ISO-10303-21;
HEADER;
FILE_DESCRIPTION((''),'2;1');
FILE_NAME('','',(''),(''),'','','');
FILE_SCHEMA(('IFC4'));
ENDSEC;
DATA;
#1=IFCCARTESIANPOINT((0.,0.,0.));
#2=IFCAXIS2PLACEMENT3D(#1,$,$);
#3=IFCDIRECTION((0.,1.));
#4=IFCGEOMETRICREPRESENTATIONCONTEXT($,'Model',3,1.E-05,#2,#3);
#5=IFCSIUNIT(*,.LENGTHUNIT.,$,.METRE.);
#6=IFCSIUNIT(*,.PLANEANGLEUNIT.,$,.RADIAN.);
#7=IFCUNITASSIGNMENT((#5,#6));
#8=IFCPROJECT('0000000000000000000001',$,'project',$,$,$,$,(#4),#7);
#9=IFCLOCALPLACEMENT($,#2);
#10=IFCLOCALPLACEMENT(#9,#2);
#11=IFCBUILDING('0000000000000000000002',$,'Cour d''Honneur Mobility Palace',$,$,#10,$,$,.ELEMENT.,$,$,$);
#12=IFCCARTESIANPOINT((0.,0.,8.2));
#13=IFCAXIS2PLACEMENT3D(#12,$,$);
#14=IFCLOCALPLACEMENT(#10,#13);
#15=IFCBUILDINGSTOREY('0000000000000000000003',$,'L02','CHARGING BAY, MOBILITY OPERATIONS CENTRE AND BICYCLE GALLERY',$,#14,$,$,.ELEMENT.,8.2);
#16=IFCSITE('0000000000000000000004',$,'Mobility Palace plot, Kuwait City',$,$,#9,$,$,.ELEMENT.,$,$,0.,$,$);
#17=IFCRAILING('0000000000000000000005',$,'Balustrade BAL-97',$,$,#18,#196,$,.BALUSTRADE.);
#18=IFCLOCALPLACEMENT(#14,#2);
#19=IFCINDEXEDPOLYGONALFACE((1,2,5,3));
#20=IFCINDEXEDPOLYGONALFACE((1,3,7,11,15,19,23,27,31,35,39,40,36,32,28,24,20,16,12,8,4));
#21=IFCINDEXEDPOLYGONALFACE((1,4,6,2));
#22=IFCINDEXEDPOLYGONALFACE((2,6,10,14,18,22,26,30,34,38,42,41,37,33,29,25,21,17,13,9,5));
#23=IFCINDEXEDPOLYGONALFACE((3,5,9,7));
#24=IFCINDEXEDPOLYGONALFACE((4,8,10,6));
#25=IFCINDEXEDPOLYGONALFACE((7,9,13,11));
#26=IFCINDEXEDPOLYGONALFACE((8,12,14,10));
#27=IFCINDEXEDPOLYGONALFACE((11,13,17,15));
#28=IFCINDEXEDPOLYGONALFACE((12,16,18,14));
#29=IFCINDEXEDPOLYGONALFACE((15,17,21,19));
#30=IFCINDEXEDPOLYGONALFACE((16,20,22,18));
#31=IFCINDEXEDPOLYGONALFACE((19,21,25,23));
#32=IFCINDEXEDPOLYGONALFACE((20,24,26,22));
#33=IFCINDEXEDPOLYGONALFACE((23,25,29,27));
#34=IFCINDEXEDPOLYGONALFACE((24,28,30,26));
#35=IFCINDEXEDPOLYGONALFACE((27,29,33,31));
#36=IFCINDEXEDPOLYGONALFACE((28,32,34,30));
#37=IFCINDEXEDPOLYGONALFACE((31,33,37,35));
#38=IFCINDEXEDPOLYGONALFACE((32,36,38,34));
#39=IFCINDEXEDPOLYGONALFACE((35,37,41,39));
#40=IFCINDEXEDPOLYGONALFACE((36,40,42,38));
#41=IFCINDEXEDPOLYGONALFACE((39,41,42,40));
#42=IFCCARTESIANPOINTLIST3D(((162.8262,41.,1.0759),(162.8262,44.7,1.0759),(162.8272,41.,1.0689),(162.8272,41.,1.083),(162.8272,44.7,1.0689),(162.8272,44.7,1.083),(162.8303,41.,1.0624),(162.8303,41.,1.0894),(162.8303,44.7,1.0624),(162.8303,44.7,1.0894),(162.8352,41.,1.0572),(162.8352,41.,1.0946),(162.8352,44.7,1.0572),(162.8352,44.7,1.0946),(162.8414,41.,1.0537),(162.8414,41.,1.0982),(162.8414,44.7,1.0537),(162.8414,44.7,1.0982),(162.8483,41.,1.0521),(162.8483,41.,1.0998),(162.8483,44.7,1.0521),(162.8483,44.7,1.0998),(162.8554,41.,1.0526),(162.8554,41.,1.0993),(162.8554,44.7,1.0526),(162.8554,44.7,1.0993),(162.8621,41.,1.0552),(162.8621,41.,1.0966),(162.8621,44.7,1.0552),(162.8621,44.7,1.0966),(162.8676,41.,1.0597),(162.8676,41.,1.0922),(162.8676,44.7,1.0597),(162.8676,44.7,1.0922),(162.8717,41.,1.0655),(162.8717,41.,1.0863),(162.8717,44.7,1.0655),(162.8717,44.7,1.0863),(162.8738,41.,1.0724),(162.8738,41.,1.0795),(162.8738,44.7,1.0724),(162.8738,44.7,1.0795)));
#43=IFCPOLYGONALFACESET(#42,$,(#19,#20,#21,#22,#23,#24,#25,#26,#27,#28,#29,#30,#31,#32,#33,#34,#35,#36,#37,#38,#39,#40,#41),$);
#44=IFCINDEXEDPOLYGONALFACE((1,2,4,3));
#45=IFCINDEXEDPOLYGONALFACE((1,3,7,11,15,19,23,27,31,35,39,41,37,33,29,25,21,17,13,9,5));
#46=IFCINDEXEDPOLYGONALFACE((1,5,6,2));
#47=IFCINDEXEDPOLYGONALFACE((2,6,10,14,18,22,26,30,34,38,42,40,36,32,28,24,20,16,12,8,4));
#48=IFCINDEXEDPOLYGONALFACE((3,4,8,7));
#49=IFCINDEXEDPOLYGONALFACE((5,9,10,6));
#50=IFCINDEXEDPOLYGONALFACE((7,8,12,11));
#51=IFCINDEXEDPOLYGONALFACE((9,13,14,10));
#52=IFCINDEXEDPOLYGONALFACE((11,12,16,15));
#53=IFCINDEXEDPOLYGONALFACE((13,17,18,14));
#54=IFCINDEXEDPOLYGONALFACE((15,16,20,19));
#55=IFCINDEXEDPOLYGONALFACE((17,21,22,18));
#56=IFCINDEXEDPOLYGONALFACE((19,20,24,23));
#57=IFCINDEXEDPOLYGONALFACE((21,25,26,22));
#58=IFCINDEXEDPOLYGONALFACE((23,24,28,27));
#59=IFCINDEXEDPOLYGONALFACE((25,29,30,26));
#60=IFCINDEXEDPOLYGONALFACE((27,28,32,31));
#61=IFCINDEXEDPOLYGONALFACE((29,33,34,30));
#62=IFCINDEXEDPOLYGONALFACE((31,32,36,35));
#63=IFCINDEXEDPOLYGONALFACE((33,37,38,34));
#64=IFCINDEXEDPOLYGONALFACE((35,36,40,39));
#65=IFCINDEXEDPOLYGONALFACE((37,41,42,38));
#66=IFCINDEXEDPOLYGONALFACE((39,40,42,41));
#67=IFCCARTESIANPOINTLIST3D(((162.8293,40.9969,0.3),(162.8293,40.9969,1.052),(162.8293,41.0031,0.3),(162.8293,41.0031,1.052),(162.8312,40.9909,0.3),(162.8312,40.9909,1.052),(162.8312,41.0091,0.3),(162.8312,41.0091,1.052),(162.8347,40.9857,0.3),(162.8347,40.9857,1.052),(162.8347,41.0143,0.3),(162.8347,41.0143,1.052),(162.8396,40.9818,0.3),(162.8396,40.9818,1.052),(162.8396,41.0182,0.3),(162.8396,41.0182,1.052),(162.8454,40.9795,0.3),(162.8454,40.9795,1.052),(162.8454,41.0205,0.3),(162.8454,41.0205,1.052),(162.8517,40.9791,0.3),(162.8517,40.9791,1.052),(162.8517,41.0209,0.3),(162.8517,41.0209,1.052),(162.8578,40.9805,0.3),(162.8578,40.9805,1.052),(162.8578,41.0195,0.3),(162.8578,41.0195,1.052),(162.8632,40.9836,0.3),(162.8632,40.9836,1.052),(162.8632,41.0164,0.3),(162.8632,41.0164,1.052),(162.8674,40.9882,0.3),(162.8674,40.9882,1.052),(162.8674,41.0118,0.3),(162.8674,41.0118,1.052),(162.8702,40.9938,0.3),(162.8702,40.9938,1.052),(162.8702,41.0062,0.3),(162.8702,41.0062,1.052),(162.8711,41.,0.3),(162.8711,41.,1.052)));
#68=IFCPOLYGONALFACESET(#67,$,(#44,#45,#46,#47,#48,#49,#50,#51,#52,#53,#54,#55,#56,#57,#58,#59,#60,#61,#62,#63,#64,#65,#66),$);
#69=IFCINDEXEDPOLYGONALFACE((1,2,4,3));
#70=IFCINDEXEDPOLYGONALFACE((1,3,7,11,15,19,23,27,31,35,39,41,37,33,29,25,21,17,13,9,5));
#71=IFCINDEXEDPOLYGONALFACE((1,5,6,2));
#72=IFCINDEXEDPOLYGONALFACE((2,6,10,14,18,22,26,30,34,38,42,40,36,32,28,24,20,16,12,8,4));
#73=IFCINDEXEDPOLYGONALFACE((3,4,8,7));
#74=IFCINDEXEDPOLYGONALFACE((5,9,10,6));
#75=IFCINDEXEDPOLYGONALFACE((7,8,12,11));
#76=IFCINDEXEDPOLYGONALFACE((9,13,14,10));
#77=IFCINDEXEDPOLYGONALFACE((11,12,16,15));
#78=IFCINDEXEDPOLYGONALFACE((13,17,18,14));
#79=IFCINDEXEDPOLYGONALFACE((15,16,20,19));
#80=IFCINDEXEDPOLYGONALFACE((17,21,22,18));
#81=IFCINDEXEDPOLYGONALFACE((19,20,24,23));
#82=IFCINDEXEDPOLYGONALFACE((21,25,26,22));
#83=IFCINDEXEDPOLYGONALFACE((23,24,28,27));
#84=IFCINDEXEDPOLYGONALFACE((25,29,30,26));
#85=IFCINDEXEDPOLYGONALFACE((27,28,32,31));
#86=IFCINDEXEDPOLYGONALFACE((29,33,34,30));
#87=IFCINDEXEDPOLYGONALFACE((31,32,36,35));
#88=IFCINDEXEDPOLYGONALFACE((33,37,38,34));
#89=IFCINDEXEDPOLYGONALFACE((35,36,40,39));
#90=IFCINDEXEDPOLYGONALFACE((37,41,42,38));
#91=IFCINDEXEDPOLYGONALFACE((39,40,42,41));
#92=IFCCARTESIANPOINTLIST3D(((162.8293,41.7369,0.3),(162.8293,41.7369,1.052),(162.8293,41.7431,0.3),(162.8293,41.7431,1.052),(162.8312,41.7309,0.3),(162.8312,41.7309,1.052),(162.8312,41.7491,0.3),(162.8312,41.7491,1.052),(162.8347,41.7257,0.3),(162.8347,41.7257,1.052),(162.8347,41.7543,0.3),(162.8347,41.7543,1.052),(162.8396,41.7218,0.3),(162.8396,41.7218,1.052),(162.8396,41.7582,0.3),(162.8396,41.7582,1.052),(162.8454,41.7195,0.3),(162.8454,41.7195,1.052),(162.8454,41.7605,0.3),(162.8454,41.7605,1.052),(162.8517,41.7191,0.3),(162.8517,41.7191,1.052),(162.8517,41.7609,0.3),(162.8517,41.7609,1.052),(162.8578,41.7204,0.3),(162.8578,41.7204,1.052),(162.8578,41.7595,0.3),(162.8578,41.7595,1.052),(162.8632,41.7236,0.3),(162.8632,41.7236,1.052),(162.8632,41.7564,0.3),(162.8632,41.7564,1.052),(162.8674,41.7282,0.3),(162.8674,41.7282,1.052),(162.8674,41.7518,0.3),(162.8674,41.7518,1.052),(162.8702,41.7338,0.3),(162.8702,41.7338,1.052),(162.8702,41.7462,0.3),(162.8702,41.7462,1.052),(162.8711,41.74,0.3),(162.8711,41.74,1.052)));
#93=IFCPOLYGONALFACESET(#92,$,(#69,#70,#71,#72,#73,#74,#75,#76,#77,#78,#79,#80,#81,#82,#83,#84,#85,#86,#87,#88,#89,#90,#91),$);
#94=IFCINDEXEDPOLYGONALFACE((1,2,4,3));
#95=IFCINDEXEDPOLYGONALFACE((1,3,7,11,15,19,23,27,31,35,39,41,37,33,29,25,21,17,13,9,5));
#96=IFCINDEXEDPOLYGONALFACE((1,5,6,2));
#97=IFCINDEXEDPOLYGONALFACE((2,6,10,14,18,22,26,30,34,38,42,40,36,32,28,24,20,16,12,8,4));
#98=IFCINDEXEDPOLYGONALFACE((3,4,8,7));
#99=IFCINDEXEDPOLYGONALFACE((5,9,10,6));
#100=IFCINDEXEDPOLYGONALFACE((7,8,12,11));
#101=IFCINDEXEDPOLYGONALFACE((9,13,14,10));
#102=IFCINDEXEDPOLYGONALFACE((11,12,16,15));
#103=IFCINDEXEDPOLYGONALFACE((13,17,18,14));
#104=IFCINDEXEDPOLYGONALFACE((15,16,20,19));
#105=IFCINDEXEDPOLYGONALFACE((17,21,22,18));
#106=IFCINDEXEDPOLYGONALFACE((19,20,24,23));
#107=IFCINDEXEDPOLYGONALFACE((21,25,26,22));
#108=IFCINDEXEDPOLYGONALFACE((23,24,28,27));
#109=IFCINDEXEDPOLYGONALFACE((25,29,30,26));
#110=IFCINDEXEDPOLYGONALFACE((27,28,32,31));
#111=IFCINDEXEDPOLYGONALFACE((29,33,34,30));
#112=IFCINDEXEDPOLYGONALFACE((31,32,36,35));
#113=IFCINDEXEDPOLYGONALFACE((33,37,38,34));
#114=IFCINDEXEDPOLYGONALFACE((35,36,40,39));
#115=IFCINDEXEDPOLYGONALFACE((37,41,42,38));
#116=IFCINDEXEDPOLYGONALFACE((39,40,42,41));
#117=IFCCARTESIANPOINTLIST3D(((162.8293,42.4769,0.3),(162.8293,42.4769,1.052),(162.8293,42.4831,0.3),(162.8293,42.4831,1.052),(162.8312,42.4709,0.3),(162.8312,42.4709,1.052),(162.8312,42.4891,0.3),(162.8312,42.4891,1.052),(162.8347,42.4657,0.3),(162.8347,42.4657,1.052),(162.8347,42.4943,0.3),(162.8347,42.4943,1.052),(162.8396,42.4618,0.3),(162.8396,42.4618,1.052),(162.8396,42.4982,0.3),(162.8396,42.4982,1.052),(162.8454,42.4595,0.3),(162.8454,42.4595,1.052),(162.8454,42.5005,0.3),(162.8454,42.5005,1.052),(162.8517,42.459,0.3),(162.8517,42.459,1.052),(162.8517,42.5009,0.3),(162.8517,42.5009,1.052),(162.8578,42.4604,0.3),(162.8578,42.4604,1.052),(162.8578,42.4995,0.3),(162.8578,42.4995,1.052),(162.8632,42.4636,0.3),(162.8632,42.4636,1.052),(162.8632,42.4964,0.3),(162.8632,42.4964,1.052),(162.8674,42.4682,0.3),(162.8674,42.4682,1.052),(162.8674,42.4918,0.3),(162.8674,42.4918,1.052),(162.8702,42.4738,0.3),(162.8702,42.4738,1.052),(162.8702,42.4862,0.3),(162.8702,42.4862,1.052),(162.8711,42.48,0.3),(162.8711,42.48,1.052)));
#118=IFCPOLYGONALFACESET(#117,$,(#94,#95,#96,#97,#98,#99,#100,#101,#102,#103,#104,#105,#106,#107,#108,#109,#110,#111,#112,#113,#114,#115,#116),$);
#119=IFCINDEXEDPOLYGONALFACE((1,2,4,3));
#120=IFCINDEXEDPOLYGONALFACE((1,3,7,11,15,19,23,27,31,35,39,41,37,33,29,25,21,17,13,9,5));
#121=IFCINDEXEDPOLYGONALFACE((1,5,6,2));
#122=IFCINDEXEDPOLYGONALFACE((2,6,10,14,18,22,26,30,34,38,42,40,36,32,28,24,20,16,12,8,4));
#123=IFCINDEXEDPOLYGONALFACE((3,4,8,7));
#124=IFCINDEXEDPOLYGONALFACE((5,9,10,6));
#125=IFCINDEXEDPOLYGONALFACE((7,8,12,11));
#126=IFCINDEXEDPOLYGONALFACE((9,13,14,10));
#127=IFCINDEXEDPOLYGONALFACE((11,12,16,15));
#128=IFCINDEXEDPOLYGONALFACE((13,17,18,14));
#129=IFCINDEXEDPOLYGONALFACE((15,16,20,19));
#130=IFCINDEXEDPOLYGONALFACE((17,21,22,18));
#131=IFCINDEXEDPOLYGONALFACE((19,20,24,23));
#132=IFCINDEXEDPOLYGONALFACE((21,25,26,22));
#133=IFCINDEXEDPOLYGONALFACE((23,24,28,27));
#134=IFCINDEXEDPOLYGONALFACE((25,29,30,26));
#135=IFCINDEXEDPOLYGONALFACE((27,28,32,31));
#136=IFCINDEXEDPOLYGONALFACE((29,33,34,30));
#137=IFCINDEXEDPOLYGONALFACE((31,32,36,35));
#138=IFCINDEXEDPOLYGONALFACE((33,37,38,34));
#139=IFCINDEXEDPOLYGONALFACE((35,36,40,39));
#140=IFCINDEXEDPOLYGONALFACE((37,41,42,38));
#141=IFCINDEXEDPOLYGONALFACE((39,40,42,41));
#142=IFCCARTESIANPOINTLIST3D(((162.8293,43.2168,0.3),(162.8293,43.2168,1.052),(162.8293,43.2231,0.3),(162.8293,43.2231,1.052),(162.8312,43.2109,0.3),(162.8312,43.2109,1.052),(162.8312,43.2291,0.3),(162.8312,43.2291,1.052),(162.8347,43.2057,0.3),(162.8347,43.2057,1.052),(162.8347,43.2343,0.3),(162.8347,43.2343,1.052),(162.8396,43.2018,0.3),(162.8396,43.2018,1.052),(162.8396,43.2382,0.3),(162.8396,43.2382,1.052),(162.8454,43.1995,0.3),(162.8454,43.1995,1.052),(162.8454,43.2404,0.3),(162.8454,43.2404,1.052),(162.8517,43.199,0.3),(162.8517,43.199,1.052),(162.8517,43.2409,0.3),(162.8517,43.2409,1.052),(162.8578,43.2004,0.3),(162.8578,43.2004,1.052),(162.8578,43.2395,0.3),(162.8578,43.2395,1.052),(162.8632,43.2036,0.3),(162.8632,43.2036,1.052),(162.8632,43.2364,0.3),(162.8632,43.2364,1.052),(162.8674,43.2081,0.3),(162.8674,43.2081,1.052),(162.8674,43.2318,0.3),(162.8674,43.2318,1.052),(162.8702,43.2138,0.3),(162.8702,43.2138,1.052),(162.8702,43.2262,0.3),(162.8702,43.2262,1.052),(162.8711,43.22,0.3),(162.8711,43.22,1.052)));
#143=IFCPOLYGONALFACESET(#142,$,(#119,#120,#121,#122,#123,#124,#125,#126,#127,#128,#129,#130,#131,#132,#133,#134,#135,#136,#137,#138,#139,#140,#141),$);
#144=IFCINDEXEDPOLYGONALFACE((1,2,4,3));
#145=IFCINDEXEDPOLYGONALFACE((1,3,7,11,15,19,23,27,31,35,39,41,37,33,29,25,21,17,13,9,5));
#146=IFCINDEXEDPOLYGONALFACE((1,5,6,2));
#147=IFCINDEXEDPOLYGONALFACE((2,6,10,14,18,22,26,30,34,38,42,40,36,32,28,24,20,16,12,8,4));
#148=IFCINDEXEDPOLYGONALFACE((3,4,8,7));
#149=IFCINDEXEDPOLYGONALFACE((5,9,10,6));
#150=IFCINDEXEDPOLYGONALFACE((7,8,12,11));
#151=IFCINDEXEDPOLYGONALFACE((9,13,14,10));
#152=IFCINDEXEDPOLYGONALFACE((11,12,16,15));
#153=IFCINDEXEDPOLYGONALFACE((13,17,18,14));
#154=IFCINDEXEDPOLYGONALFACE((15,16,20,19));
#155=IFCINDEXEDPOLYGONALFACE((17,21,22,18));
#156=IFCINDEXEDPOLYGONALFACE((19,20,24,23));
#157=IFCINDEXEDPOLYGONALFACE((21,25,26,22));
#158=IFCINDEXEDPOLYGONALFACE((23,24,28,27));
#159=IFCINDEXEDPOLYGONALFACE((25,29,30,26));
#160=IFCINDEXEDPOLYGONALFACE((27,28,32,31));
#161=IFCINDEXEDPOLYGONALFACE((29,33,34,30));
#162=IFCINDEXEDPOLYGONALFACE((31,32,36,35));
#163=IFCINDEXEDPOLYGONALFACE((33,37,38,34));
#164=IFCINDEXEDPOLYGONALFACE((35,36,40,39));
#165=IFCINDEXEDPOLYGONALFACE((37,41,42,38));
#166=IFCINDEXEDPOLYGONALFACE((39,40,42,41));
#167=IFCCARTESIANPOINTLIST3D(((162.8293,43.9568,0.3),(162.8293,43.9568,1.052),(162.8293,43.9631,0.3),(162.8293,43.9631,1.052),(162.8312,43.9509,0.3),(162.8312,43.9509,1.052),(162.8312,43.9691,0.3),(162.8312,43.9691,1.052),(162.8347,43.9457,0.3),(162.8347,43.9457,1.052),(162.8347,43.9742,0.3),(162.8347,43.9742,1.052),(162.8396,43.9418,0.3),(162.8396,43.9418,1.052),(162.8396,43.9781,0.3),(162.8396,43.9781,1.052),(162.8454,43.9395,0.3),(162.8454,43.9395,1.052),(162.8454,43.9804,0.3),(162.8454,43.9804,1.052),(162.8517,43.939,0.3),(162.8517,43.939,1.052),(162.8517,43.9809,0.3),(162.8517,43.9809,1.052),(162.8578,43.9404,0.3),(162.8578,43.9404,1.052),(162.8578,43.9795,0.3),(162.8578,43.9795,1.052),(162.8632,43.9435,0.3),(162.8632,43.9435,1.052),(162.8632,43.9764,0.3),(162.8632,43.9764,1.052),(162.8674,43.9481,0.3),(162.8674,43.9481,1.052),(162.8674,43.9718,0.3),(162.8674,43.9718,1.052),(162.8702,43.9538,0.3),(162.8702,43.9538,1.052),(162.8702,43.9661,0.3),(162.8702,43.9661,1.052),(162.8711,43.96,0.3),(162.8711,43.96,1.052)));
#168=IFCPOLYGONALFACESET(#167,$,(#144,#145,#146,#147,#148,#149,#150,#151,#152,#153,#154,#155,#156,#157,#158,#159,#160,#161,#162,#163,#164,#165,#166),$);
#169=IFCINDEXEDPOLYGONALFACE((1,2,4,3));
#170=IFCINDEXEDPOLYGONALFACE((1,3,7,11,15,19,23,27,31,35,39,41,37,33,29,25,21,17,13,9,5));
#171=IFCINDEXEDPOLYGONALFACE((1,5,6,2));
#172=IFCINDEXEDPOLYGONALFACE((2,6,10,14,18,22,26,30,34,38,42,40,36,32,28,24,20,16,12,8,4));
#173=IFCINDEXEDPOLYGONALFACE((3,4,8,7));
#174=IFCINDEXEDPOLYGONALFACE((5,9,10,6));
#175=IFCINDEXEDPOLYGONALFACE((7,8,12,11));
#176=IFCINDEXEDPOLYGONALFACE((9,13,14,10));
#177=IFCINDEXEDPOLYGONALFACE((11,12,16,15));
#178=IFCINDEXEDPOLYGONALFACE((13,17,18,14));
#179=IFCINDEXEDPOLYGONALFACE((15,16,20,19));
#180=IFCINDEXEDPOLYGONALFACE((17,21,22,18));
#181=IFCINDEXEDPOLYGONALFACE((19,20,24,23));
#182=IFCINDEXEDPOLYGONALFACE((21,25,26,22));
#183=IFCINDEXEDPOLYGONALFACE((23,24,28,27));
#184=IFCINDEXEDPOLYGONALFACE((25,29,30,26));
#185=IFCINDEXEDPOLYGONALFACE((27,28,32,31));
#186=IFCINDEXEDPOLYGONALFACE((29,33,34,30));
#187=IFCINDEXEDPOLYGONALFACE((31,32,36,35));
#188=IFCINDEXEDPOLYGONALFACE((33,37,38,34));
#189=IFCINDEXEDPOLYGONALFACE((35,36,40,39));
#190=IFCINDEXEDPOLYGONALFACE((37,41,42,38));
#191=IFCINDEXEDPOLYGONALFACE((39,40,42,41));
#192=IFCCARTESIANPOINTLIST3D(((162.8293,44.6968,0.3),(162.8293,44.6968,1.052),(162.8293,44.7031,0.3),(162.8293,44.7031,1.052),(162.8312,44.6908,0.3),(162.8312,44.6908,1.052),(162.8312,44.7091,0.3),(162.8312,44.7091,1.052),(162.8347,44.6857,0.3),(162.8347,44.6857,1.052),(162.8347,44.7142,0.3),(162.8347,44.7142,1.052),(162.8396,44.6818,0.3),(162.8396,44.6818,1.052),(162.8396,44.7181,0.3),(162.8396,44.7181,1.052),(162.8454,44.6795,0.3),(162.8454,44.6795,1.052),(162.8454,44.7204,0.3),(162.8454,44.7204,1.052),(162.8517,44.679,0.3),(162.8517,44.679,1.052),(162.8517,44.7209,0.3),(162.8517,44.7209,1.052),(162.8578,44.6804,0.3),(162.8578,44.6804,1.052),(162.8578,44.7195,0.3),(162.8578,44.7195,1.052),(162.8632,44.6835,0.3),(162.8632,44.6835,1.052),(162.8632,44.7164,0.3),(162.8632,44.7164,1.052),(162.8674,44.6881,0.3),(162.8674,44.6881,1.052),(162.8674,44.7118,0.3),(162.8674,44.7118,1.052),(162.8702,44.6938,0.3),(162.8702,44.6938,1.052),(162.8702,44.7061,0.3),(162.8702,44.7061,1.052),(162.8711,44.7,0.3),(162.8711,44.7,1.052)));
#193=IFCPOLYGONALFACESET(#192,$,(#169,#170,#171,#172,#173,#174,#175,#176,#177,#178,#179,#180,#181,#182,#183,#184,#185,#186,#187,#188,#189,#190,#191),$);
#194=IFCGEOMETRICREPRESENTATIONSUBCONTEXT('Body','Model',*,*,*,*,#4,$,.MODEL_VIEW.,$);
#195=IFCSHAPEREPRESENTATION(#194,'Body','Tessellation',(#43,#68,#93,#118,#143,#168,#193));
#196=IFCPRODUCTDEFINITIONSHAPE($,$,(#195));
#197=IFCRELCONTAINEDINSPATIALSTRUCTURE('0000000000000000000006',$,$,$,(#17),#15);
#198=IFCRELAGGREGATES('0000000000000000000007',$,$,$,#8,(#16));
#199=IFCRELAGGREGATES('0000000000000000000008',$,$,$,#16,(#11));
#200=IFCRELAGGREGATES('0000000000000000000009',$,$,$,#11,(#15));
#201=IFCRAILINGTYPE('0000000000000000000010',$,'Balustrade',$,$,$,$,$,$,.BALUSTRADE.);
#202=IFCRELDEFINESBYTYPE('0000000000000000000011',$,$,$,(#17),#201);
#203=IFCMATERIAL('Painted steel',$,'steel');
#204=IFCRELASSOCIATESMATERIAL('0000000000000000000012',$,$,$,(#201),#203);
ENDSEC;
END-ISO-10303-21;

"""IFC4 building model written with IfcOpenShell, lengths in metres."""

from ifc_helpers import new_model, si_unit, direction, frame, origin, origin_2d, place, context, subcontext, project, spatial, circle, extrude, material, type_object, element, save


model = new_model("IFC4")

# Units and contexts
model_context = context("Model", 3, precision=1e-05, world=origin(), true_north=direction((0.0, 1.0)))
body_context = subcontext(model_context, "Body", "Model", "MODEL_VIEW")
ifc_project = project(units=[si_unit("LENGTHUNIT", "METRE"), si_unit("PLANEANGLEUNIT", "RADIAN")], contexts=[model_context])

# Site, building, storey
site_placement = place(None, origin())
site = spatial("IfcSite", under=ifc_project, at=site_placement, Name="Mobility Palace plot, Kuwait City", CompositionType="ELEMENT", RefElevation=0.0)
building_placement = place(site_placement, origin())
building = spatial("IfcBuilding", under=site, at=building_placement, Name="Cour d'Honneur Mobility Palace", CompositionType="ELEMENT")
storey_placement = place(building_placement, frame((0.0, 0.0, 8.2)))
storey = spatial("IfcBuildingStorey", under=building, at=storey_placement, Name="L02", Description="CHARGING BAY, MOBILITY OPERATIONS CENTRE AND BICYCLE GALLERY", CompositionType="ELEMENT", Elevation=8.2)

# Railing
ifc_material_1 = material(Name="Painted steel", Category="steel")
railing_type_1 = type_object("IfcRailingType", Name="Balustrade", PredefinedType="BALUSTRADE", material=ifc_material_1)
railing_1_placement = place(storey_placement, frame((162.8501, 41.0, 0.3)))
element("IfcRailing", 1, at=railing_1_placement, inside=storey, type_object=railing_type_1, Name="Balustrade BAL-97", PredefinedType="BALUSTRADE", context=body_context, shape_type="SweptSolid", body=[
    extrude(circle(Radius=0.0239, at=origin_2d()), frame((0.0, 0.0, 0.7759), z_axis=(0.0, 1.0, 0.0), x_axis=(-1.0, 0.0, 0.0)), (0.0, 0.0, 1.0), 3.7),
    extrude(circle(Radius=0.021, at=origin_2d()), origin(), (0.0, 0.0, 1.0), 0.752),
    extrude(circle(Radius=0.021, at=origin_2d()), frame((0.0, 0.74, 0.0)), (0.0, 0.0, 1.0), 0.752),
    extrude(circle(Radius=0.021, at=origin_2d()), frame((0.0, 1.48, 0.0)), (0.0, 0.0, 1.0), 0.752),
    extrude(circle(Radius=0.021, at=origin_2d()), frame((0.0, 2.22, 0.0)), (0.0, 0.0, 1.0), 0.752),
    extrude(circle(Radius=0.021, at=origin_2d()), frame((0.0, 2.96, 0.0)), (0.0, 0.0, 1.0), 0.752),
    extrude(circle(Radius=0.021, at=origin_2d()), frame((0.0, 3.7, 0.0)), (0.0, 0.0, 1.0), 0.752),
])

save(model, "model.ifc")
